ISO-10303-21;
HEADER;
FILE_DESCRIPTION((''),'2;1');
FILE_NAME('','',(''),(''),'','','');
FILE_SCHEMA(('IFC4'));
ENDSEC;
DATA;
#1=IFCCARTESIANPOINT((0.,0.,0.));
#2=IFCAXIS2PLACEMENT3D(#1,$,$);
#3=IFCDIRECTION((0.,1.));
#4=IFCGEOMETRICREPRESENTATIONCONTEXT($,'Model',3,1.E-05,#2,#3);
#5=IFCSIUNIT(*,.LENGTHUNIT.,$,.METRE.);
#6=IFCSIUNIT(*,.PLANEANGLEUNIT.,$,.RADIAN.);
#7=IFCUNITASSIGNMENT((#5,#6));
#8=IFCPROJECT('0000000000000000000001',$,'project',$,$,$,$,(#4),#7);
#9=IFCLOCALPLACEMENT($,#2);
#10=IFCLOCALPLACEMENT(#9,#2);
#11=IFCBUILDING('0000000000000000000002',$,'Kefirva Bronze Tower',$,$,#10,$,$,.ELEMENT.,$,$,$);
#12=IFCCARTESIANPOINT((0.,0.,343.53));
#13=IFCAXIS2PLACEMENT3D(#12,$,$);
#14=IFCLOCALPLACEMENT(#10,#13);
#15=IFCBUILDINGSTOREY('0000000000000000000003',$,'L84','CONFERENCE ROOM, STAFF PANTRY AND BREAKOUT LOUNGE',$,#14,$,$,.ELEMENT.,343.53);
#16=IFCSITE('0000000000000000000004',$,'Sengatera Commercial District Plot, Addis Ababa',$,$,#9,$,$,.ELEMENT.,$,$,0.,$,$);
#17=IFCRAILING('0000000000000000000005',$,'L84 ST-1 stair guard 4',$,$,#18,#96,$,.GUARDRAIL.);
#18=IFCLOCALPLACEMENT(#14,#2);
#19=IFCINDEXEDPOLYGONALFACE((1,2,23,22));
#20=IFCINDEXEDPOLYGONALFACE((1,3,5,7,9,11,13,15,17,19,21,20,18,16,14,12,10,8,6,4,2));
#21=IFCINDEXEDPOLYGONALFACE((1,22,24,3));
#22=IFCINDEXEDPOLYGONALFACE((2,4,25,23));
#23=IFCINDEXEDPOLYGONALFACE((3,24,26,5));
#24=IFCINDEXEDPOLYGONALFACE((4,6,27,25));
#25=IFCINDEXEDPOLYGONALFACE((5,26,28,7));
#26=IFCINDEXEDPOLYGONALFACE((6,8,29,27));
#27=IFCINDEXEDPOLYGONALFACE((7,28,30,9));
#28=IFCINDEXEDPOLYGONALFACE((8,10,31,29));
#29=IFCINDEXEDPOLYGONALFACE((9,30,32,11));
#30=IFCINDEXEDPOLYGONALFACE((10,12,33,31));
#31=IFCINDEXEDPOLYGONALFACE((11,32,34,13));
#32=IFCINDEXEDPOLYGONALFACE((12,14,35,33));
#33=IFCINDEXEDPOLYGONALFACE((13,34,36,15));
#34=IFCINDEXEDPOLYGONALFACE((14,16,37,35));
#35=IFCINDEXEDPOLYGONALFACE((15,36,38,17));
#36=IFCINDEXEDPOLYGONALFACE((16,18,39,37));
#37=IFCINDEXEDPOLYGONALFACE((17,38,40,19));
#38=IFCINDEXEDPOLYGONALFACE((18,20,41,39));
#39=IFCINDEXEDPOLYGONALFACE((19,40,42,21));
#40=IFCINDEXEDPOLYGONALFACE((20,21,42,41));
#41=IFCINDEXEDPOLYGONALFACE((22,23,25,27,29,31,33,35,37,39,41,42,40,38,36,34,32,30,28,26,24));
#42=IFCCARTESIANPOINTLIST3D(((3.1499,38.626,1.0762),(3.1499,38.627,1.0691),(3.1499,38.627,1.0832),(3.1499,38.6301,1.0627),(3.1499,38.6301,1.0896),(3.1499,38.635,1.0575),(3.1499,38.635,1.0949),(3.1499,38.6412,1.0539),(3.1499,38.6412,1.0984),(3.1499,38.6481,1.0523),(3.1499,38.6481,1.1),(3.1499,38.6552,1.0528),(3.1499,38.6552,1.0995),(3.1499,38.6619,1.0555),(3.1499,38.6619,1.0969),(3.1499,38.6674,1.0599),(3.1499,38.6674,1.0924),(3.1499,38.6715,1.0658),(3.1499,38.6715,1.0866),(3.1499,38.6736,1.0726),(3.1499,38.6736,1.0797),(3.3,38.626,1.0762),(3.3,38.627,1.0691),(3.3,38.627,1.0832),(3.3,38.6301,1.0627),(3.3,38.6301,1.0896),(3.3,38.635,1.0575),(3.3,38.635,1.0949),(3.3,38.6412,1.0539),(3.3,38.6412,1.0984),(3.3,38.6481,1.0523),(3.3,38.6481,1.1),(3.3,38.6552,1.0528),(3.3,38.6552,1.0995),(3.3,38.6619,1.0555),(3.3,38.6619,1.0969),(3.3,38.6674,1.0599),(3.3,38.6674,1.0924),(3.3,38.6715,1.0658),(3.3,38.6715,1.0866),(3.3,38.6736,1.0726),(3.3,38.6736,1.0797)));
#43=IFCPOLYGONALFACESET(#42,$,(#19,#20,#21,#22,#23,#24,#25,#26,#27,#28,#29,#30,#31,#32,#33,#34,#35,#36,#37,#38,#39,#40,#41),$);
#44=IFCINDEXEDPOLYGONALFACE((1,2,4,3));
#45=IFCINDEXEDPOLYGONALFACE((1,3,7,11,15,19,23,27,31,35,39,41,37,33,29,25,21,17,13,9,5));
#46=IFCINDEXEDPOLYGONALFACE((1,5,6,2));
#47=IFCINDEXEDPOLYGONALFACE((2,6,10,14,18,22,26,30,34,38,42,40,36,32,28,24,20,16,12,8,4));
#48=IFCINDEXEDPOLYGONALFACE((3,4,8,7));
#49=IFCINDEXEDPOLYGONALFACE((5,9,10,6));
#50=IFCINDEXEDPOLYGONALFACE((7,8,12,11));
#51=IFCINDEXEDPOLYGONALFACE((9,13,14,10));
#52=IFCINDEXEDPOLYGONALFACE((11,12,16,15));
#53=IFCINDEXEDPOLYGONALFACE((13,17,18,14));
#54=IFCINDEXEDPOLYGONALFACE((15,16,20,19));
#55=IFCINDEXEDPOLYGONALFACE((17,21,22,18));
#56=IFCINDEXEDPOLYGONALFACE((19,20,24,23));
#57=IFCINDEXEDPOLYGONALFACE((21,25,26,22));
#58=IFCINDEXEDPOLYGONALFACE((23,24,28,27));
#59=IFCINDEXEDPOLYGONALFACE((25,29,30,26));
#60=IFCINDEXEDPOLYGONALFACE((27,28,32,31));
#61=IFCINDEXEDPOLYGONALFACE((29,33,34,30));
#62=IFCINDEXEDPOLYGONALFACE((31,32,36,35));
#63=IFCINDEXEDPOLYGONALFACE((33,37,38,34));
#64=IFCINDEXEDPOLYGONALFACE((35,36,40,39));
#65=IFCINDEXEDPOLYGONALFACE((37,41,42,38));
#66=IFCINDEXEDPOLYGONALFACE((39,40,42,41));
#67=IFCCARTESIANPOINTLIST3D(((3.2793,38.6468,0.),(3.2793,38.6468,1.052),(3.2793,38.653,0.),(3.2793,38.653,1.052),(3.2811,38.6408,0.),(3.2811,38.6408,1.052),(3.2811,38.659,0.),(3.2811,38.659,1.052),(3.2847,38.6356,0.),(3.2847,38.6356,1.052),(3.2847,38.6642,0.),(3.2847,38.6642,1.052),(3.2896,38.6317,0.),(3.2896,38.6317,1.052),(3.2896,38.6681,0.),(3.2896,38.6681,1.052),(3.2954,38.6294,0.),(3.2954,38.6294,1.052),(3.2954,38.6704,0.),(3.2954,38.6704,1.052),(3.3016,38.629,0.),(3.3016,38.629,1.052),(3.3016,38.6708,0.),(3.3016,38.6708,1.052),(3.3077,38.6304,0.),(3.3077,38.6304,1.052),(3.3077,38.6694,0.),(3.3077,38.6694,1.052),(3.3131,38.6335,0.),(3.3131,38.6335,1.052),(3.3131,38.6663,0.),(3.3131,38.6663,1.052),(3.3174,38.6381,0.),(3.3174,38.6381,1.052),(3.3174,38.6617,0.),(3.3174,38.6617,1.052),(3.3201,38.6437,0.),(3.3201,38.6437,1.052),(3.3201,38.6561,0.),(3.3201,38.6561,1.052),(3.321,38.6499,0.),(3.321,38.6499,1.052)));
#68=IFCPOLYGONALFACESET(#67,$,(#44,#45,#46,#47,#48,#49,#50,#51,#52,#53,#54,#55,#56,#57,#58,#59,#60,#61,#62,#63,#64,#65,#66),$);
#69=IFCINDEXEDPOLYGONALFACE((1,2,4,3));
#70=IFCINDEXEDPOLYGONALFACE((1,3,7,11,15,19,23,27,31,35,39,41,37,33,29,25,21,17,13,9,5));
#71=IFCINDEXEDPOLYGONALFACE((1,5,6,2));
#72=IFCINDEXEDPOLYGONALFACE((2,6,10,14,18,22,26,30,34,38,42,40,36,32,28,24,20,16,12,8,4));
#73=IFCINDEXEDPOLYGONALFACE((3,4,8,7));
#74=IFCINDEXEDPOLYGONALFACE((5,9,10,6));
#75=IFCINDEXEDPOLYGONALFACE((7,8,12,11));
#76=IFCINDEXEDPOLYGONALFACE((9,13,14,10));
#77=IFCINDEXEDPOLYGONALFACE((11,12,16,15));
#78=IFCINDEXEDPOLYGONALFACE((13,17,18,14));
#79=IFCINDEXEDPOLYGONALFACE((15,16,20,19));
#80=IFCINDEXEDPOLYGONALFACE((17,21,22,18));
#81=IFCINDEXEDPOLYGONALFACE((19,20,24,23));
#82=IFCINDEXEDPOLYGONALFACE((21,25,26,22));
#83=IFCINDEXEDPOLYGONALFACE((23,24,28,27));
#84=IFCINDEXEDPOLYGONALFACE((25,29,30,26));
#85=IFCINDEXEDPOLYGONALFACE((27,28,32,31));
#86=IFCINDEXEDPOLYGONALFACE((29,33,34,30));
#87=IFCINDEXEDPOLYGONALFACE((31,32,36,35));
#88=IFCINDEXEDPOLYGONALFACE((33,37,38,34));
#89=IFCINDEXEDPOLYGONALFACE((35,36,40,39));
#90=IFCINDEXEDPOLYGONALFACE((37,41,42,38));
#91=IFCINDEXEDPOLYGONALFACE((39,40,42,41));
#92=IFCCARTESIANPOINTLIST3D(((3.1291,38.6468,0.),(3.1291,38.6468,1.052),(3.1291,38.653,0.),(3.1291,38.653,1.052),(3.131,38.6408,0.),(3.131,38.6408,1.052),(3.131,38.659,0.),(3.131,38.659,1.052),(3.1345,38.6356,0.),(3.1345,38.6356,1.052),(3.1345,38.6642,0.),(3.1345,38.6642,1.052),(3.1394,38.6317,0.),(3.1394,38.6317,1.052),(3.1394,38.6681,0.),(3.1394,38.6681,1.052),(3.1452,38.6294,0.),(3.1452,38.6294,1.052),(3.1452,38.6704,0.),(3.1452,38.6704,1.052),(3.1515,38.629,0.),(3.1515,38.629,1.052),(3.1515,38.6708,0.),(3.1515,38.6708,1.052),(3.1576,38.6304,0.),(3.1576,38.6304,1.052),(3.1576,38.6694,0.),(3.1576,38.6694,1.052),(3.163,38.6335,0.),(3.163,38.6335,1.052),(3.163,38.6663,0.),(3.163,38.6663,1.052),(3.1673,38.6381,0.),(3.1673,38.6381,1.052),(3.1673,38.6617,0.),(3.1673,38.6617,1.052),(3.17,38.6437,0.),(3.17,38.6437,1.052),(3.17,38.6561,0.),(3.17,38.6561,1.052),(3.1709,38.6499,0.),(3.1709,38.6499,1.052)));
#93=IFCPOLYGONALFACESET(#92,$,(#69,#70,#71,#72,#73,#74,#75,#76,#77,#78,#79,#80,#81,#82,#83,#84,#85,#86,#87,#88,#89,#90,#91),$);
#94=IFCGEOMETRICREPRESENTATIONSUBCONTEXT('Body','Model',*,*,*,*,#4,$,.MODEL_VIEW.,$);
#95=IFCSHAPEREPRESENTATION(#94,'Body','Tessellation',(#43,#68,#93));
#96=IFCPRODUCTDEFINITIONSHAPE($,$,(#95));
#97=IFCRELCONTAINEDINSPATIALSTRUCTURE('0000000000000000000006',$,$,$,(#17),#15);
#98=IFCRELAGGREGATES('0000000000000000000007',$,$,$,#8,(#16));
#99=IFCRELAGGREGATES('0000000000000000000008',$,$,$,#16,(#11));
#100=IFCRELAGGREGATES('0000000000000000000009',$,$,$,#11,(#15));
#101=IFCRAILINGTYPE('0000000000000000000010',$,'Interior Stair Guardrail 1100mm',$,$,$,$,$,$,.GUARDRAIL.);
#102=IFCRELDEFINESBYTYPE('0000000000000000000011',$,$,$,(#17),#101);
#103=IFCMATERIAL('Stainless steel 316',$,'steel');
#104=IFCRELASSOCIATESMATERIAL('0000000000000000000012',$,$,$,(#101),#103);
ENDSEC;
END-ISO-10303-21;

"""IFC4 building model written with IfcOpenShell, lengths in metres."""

from ifc_helpers import new_model, si_unit, direction, frame, origin, origin_2d, place, context, subcontext, project, spatial, circle, extrude, material, type_object, element, save


model = new_model("IFC4")

# Units and contexts
model_context = context("Model", 3, precision=1e-05, world=origin(), true_north=direction((0.0, 1.0)))
body_context = subcontext(model_context, "Body", "Model", "MODEL_VIEW")
ifc_project = project(units=[si_unit("LENGTHUNIT", "METRE"), si_unit("PLANEANGLEUNIT", "RADIAN")], contexts=[model_context])

# Site, building, storey
site_placement = place(None, origin())
site = spatial("IfcSite", under=ifc_project, at=site_placement, Name="Sengatera Commercial District Plot, Addis Ababa", CompositionType="ELEMENT", RefElevation=0.0)
building_placement = place(site_placement, origin())
building = spatial("IfcBuilding", under=site, at=building_placement, Name="Kefirva Bronze Tower", CompositionType="ELEMENT")
storey_placement = place(building_placement, frame((0.0, 0.0, 343.53)))
storey = spatial("IfcBuildingStorey", under=building, at=storey_placement, Name="L84", Description="CONFERENCE ROOM, STAFF PANTRY AND BREAKOUT LOUNGE", CompositionType="ELEMENT", Elevation=343.53)

# Railing
ifc_material_1 = material(Name="Stainless steel 316", Category="steel")
railing_type_1 = type_object("IfcRailingType", Name="Interior Stair Guardrail 1100mm", PredefinedType="GUARDRAIL", material=ifc_material_1)
railing_1_placement = place(storey_placement, frame((3.3, 38.6499, 0.0)))
element("IfcRailing", 1, at=railing_1_placement, inside=storey, type_object=railing_type_1, Name="L84 ST-1 stair guard 4", PredefinedType="GUARDRAIL", context=body_context, shape_type="SweptSolid", body=[
    extrude(circle(Radius=0.0239, at=origin_2d()), frame((0.0, 0.0, 1.0762), z_axis=(-1.0, 0.0, 0.0), x_axis=(0.0, -1.0, 0.0)), (0.0, 0.0, 1.0), 0.1501),
    extrude(circle(Radius=0.021, at=origin_2d()), origin(), (0.0, 0.0, 1.0), 1.052),
    extrude(circle(Radius=0.021, at=origin_2d()), frame((-0.1501, 0.0, 0.0)), (0.0, 0.0, 1.0), 1.052),
])

save(model, "model.ifc")
